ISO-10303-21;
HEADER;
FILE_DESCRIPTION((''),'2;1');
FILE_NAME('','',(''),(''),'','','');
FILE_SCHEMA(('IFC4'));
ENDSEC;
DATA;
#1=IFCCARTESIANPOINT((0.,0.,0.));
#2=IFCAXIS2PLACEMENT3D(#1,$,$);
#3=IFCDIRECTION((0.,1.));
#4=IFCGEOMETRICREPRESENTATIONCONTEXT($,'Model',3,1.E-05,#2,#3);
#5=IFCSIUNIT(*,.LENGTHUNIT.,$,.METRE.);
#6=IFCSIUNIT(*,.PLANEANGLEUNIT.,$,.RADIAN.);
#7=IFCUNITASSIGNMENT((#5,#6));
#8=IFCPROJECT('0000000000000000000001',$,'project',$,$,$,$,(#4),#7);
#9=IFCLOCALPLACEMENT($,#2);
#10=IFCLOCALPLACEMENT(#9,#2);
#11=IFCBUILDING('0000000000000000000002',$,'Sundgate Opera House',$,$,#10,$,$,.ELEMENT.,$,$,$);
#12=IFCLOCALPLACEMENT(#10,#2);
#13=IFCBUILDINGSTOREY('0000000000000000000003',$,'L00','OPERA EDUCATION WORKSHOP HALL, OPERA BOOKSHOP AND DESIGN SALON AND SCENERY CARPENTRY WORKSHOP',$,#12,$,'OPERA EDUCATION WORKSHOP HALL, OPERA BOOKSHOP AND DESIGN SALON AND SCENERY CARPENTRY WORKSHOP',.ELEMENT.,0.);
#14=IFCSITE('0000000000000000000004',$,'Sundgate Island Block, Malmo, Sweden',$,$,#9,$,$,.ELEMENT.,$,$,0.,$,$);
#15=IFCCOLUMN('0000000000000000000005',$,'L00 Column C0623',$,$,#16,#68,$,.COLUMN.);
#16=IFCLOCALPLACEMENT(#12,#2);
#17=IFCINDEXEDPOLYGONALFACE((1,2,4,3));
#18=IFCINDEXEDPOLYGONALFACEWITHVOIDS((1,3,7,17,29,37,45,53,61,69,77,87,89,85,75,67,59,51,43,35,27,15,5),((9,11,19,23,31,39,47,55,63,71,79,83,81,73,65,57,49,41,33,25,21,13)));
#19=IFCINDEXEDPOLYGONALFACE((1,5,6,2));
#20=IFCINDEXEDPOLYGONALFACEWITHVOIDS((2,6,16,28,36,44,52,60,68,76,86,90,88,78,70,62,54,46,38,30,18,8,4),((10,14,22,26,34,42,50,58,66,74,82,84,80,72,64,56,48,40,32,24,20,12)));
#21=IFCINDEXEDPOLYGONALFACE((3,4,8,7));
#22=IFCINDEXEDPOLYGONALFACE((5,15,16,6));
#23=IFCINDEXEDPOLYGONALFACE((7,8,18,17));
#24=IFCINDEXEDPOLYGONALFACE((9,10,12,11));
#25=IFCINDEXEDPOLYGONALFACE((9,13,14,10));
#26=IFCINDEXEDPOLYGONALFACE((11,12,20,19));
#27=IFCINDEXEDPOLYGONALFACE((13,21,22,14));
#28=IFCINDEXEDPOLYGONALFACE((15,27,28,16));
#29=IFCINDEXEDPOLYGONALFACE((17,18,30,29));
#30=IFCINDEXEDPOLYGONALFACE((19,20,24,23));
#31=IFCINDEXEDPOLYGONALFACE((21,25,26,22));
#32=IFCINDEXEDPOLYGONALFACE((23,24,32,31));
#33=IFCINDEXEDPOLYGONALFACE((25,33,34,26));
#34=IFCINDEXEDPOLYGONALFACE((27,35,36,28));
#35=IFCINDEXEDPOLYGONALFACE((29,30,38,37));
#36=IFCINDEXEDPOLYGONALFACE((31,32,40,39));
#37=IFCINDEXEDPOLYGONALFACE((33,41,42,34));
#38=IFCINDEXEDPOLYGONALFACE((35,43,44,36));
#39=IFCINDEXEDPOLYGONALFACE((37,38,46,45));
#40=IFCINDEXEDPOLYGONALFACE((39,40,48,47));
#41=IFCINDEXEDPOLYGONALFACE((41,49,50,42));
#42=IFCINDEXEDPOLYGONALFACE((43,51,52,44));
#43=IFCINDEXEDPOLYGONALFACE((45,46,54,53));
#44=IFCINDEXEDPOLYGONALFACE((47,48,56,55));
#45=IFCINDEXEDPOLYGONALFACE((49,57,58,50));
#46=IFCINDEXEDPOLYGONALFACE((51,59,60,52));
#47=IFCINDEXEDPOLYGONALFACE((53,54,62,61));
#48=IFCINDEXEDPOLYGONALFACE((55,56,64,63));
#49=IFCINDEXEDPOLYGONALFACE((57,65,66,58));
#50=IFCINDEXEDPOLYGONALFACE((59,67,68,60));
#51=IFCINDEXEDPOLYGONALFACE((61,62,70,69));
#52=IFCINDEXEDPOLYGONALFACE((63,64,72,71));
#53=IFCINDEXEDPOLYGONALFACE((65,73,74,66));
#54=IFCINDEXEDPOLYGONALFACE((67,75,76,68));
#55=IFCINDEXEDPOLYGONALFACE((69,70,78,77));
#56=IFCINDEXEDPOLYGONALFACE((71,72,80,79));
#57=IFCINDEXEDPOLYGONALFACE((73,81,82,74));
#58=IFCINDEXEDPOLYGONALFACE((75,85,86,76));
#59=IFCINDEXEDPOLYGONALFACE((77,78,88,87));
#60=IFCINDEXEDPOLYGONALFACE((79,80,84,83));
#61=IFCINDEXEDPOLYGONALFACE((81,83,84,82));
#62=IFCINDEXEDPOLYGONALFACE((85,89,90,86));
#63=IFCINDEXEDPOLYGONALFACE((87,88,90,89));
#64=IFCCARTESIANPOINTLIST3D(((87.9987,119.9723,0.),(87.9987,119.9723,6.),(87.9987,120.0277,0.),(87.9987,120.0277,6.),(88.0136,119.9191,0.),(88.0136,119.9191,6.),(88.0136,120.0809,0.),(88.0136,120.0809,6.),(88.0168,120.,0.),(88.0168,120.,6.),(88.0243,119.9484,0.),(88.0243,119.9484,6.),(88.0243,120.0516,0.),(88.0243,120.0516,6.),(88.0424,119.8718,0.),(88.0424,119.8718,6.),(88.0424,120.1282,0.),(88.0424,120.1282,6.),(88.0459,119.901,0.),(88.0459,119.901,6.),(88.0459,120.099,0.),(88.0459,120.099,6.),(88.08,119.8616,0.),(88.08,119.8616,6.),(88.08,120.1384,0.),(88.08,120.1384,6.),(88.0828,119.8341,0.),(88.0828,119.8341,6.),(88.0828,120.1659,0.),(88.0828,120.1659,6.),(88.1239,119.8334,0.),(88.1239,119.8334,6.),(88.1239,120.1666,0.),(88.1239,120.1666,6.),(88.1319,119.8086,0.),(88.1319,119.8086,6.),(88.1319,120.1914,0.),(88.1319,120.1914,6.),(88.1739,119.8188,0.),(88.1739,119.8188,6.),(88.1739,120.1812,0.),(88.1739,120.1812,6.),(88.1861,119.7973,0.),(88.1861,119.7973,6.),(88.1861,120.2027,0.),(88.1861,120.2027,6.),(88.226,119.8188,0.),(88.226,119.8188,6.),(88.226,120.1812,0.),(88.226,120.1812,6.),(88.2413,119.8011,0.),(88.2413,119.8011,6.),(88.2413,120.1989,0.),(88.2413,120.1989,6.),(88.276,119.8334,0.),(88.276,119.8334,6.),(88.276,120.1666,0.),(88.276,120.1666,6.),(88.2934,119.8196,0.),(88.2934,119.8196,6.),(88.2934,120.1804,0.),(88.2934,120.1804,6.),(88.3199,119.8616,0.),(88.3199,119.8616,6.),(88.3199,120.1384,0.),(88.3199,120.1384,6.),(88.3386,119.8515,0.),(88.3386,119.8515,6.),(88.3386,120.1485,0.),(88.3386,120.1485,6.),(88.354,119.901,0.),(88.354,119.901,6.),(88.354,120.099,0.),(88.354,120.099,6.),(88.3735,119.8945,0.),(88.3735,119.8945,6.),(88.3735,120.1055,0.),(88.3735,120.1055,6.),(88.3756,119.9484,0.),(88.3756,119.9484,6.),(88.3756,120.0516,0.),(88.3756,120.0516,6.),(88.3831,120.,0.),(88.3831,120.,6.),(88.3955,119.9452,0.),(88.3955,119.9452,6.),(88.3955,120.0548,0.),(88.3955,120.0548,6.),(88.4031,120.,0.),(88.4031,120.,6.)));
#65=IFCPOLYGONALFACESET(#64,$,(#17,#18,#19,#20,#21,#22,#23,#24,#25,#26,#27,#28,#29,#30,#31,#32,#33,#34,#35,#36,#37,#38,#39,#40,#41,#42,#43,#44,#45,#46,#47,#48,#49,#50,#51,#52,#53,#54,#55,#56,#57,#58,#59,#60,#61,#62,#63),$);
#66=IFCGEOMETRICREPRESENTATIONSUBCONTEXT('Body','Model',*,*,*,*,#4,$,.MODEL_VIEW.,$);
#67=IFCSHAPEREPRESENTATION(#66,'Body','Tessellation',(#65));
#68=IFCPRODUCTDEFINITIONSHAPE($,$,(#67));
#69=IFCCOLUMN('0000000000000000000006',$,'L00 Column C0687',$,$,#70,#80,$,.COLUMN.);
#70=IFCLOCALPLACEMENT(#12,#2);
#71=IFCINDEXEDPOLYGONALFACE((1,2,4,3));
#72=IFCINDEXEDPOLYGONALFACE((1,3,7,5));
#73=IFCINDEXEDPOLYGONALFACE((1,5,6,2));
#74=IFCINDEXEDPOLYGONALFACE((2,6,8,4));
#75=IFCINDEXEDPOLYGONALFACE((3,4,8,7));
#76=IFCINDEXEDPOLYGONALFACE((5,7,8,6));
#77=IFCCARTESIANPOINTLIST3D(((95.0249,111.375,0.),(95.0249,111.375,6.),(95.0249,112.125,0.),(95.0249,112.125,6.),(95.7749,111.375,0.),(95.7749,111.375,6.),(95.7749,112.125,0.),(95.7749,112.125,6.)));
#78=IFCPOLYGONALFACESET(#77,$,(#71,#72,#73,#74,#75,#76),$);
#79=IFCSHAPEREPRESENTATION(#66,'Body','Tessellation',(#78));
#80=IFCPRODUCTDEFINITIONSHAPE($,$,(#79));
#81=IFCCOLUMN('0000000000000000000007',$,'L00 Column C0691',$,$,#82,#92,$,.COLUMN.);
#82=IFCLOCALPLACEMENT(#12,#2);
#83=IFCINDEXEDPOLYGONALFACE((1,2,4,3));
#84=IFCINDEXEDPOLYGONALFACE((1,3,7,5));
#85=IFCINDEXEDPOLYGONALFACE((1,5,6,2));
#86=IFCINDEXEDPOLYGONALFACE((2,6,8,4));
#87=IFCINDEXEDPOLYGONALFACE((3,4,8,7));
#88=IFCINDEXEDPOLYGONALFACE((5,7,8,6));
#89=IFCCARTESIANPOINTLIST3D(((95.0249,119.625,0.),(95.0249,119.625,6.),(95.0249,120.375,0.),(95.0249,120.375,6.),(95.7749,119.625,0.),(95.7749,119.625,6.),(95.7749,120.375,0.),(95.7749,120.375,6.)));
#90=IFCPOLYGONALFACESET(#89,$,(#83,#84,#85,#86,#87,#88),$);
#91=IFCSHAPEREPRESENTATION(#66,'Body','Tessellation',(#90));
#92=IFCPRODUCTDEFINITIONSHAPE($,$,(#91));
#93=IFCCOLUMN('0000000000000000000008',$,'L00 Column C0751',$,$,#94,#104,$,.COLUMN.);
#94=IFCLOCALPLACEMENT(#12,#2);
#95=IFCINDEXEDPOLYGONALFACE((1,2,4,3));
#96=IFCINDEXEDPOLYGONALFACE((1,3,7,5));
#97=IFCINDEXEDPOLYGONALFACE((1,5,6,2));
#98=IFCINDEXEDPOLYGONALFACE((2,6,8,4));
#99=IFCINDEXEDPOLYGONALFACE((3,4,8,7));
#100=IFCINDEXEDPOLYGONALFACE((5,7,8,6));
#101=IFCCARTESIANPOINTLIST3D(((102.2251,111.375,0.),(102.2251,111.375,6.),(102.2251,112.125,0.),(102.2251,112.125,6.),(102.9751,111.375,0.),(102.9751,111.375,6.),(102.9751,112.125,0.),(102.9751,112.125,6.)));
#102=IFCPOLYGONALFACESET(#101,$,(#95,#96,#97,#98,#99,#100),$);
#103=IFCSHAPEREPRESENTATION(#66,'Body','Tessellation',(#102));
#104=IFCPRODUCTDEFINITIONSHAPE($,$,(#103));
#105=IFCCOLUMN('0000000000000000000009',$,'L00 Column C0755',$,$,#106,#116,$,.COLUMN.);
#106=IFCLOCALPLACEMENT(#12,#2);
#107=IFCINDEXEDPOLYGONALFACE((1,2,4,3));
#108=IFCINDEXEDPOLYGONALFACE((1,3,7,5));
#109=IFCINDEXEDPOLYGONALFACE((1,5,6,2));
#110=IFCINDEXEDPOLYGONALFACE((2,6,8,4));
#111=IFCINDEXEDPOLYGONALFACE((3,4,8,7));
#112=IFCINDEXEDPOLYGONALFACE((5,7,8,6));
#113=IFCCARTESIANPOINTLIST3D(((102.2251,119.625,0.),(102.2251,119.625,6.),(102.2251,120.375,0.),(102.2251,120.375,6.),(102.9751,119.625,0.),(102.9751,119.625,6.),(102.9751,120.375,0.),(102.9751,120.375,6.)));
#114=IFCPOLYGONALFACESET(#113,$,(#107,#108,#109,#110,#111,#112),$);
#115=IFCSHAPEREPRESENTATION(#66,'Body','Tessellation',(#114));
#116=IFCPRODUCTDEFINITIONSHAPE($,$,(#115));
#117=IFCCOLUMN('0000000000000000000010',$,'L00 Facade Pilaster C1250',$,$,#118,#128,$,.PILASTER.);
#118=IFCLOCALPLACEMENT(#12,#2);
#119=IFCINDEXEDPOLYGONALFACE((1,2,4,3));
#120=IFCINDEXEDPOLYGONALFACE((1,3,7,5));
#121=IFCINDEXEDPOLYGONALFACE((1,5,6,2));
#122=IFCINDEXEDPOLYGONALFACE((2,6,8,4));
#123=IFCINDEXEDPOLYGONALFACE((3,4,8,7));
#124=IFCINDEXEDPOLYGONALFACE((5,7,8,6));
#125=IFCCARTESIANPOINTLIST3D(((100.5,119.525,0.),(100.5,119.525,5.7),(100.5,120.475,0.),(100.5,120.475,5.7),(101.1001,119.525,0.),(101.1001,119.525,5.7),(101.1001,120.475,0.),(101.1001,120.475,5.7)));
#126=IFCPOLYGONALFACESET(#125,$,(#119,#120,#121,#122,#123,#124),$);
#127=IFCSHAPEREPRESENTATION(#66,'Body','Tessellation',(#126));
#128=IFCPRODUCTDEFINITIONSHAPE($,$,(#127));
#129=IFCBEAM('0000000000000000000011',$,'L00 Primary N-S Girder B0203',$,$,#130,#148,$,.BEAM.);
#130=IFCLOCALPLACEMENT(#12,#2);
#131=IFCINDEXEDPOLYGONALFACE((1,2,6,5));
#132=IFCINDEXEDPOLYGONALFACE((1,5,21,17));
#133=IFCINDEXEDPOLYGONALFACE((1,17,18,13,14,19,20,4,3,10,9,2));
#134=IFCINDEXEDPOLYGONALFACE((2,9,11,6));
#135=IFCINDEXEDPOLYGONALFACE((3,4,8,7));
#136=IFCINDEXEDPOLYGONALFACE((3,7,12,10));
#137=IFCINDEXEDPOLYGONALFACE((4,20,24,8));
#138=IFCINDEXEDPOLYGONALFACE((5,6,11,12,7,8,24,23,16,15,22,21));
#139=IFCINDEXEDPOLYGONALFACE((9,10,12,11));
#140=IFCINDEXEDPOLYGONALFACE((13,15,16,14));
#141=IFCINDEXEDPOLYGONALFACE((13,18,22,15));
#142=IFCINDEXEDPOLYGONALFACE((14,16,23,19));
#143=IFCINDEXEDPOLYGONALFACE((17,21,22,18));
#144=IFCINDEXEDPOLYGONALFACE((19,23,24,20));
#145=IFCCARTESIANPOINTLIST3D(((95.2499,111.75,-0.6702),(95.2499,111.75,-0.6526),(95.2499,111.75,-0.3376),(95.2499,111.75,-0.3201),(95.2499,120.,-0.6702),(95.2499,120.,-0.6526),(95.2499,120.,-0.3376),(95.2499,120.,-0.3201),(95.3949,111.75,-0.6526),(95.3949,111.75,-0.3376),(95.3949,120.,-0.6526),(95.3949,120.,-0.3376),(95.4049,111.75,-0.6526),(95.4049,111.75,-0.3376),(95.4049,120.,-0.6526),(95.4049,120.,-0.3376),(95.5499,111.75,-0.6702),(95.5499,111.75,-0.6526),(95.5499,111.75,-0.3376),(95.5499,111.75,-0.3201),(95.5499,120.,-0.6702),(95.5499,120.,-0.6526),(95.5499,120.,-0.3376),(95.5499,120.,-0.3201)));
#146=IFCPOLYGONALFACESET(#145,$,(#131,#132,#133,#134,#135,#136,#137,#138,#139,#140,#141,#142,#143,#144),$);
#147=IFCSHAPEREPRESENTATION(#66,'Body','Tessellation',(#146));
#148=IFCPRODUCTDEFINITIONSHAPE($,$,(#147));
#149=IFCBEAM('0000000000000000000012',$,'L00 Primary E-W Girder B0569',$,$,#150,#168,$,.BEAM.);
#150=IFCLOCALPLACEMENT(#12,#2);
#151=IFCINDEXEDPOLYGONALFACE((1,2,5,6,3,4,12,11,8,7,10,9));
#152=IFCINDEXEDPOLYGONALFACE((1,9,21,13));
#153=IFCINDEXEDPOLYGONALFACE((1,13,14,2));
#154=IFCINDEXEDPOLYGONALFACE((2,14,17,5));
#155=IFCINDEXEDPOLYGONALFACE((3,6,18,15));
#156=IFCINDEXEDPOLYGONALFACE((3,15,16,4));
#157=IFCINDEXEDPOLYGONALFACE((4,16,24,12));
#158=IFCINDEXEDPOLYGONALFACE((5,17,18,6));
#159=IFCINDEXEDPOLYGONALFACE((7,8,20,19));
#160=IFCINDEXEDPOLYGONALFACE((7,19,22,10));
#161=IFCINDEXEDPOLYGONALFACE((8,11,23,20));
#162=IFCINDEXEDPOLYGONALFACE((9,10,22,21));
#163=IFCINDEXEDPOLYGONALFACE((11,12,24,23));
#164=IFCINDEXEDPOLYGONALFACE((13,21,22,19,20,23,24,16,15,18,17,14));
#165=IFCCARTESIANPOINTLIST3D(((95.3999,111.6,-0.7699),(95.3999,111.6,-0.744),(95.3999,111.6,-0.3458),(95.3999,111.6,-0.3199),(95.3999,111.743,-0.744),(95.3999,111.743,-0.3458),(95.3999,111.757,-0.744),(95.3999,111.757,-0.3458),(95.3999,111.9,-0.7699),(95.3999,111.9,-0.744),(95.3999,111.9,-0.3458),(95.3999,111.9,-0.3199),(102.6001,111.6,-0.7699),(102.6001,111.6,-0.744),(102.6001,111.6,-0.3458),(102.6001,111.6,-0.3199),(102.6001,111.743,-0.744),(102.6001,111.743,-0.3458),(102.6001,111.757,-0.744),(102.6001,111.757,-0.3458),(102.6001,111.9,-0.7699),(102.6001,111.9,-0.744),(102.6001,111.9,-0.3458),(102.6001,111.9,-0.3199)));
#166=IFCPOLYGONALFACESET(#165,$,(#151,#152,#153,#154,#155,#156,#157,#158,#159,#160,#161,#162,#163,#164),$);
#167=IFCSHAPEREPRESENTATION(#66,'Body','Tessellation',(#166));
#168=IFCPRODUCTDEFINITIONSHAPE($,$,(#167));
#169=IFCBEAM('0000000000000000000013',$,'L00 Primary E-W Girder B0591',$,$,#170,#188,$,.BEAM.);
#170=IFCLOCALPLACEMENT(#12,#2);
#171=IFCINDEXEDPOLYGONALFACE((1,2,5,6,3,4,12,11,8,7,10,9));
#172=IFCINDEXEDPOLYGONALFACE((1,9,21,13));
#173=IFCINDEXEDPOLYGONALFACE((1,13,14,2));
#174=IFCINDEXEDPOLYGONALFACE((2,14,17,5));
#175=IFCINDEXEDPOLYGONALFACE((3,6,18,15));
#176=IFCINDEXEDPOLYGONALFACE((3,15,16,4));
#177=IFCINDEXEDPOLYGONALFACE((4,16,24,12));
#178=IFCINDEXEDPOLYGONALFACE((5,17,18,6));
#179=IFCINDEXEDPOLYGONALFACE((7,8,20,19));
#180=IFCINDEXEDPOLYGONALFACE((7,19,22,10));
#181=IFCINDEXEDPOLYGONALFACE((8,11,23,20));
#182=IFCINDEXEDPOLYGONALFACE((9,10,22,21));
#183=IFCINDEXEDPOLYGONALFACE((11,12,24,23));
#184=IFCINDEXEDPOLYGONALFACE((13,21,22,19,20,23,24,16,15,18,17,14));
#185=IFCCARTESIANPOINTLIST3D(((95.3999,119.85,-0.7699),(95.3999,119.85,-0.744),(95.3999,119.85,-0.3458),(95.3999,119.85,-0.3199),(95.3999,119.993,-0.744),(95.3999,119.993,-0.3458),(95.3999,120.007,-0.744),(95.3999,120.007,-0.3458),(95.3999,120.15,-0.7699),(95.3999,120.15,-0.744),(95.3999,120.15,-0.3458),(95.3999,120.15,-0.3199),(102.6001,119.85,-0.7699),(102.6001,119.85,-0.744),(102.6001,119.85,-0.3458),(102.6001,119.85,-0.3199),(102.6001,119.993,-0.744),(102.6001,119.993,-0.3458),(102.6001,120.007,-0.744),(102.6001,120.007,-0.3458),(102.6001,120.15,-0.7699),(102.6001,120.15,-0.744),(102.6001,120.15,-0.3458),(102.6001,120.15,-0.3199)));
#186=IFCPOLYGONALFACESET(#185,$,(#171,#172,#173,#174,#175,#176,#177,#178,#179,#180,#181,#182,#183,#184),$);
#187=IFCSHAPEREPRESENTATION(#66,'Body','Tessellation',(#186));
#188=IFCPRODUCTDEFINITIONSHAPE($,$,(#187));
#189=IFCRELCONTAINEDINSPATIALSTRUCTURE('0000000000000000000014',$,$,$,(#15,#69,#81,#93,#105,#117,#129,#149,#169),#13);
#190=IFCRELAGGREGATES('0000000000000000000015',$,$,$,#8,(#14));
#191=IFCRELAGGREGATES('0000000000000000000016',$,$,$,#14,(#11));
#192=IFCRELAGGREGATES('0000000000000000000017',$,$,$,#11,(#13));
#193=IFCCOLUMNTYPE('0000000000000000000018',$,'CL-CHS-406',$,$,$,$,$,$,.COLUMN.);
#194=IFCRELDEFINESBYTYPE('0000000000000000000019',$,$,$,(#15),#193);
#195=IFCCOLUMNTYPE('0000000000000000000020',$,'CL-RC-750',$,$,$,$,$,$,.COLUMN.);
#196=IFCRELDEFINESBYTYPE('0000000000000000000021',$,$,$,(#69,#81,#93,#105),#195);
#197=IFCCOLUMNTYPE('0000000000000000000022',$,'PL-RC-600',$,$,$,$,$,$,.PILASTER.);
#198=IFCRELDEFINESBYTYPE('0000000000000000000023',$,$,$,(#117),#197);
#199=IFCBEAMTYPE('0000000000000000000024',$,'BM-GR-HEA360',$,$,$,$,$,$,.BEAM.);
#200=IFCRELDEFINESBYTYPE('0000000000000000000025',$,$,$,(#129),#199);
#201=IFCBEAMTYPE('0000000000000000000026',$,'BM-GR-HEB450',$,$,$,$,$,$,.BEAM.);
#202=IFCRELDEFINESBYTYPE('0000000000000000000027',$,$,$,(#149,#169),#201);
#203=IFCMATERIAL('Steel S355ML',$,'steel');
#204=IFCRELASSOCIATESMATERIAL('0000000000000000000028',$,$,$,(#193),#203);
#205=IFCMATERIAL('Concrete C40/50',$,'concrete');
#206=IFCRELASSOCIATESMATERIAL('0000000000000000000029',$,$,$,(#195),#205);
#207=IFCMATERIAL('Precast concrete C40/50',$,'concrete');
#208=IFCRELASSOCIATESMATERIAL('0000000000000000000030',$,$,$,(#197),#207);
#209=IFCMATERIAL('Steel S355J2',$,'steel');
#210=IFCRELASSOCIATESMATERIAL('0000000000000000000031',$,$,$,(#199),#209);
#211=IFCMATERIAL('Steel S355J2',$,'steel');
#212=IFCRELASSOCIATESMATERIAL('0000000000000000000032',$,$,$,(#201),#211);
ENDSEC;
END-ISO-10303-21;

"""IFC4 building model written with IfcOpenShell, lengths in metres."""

from ifc_helpers import new_model, si_unit, direction, frame, origin, origin_2d, place, context, subcontext, project, spatial, rectangle, hollow_circle, i_section, extrude, material, material_profile, profile_set, type_object, element, save


model = new_model("IFC4")

# Units and contexts
model_context = context("Model", 3, precision=1e-05, world=origin(), true_north=direction((0.0, 1.0)))
body_context = subcontext(model_context, "Body", "Model", "MODEL_VIEW")
ifc_project = project(units=[si_unit("LENGTHUNIT", "METRE"), si_unit("PLANEANGLEUNIT", "RADIAN")], contexts=[model_context])

# Site, building, storey
site_placement = place(None, origin())
site = spatial("IfcSite", under=ifc_project, at=site_placement, Name="Sundgate Island Block, Malmo, Sweden", CompositionType="ELEMENT", RefElevation=0.0)
building_placement = place(site_placement, origin())
building = spatial("IfcBuilding", under=site, at=building_placement, Name="Sundgate Opera House", CompositionType="ELEMENT")
storey_placement = place(building_placement, origin())
storey = spatial("IfcBuildingStorey", under=building, at=storey_placement, Name="L00", Description="OPERA EDUCATION WORKSHOP HALL, OPERA BOOKSHOP AND DESIGN SALON AND SCENERY CARPENTRY WORKSHOP", LongName="OPERA EDUCATION WORKSHOP HALL, OPERA BOOKSHOP AND DESIGN SALON AND SCENERY CARPENTRY WORKSHOP", CompositionType="ELEMENT", Elevation=0.0)

# Columns
ifc_material_1 = material(Name="Steel S355ML", Category="steel")
ifc_material_profile_1 = material_profile(ifc_material_1, hollow_circle(Radius=0.2031, WallThickness=0.02, at=origin_2d()), Name="CHS 406.4x20.0")
ifc_profile_set_1 = profile_set([ifc_material_profile_1], Name="Steel S355ML")
column_type_1 = type_object("IfcColumnType", Name="CL-CHS-406", PredefinedType="COLUMN", material=ifc_profile_set_1)
column_1_placement = place(storey_placement, frame((88.2, 120.0, 0.0), z_axis=(0.0, 0.0, 1.0), x_axis=(1.0, 0.0, 0.0)))
element("IfcColumn", 1, at=column_1_placement, inside=storey, type_object=column_type_1, Name="L00 Column C0623", PredefinedType="COLUMN", context=body_context, shape_type="SweptSolid", body=[
    extrude(hollow_circle(Radius=0.2031, WallThickness=0.02, at=origin_2d()), origin(), (0.0, 0.0, 1.0), 6.0),
])
ifc_material_2 = material(Name="Concrete C40/50", Category="concrete")
ifc_material_profile_2 = material_profile(ifc_material_2, rectangle(XDim=0.75, YDim=0.75, at=origin_2d()), Name="RC 750x750")
ifc_profile_set_2 = profile_set([ifc_material_profile_2], Name="Concrete C40/50")
column_type_2 = type_object("IfcColumnType", Name="CL-RC-750", PredefinedType="COLUMN", material=ifc_profile_set_2)
for number, where, z_axis, x_axis, name in (
    (2, (95.3999, 111.75, 0.0), (0.0, 0.0, 1.0), (1.0, 0.0, 0.0), "L00 Column C0687"),
    (3, (95.3999, 120.0, 0.0), (0.0, 0.0, 1.0), (1.0, 0.0, 0.0), "L00 Column C0691"),
    (4, (102.6001, 111.75, 0.0), (0.0, 0.0, 1.0), (1.0, 0.0, 0.0), "L00 Column C0751"),
    (5, (102.6001, 120.0, 0.0), (0.0, 0.0, 1.0), (1.0, 0.0, 0.0), "L00 Column C0755"),
):
    element("IfcColumn", number, at=place(storey_placement, frame(where, z_axis=z_axis, x_axis=x_axis)), inside=storey, type_object=column_type_2, Name=name, PredefinedType="COLUMN", context=body_context, shape_type="SweptSolid", body=[
        extrude(rectangle(XDim=0.75, YDim=0.75, at=origin_2d()), origin(), (0.0, 0.0, 1.0), 6.0),
    ])
ifc_material_3 = material(Name="Precast concrete C40/50", Category="concrete")
ifc_material_profile_3 = material_profile(ifc_material_3, rectangle(XDim=0.6001, YDim=0.95, at=origin_2d()), Name="RC 600x950")
ifc_profile_set_3 = profile_set([ifc_material_profile_3], Name="Precast concrete C40/50")
column_type_3 = type_object("IfcColumnType", Name="PL-RC-600", PredefinedType="PILASTER", material=ifc_profile_set_3)
column_2_placement = place(storey_placement, frame((100.8, 120.0, 0.0), z_axis=(0.0, 0.0, 1.0), x_axis=(1.0, 0.0, 0.0)))
element("IfcColumn", 6, at=column_2_placement, inside=storey, type_object=column_type_3, Name="L00 Facade Pilaster C1250", PredefinedType="PILASTER", context=body_context, shape_type="SweptSolid", body=[
    extrude(rectangle(XDim=0.6001, YDim=0.95, at=origin_2d()), origin(), (0.0, 0.0, 1.0), 5.7),
])

# Beams
ifc_material_4 = material(Name="Steel S355J2", Category="steel")
ifc_material_profile_4 = material_profile(ifc_material_4, i_section(OverallWidth=0.3, OverallDepth=0.3501, WebThickness=0.01, FlangeThickness=0.0176, at=origin_2d()), Name="HEA 360")
ifc_profile_set_4 = profile_set([ifc_material_profile_4], Name="Steel S355J2")
beam_type_1 = type_object("IfcBeamType", Name="BM-GR-HEA360", PredefinedType="BEAM", material=ifc_profile_set_4)
beam_1_placement = place(storey_placement, frame((95.3999, 111.75, -0.4951), z_axis=(0.0, 1.0, 0.0), x_axis=(-1.0, 0.0, 0.0)))
element("IfcBeam", 7, at=beam_1_placement, inside=storey, type_object=beam_type_1, Name="L00 Primary N-S Girder B0203", PredefinedType="BEAM", context=body_context, shape_type="SweptSolid", body=[
    extrude(i_section(OverallWidth=0.3, OverallDepth=0.3501, WebThickness=0.01, FlangeThickness=0.0176, at=origin_2d()), origin(), (0.0, 0.0, 1.0), 8.25),
])
ifc_material_5 = material(Name="Steel S355J2", Category="steel")
ifc_material_profile_5 = material_profile(ifc_material_5, i_section(OverallWidth=0.3, OverallDepth=0.45, WebThickness=0.0139, FlangeThickness=0.0259, at=origin_2d()), Name="HEB 450")
ifc_profile_set_5 = profile_set([ifc_material_profile_5], Name="Steel S355J2")
beam_type_2 = type_object("IfcBeamType", Name="BM-GR-HEB450", PredefinedType="BEAM", material=ifc_profile_set_5)
for number, where, z_axis, x_axis, name in (
    (8, (95.3999, 111.75, -0.5449), (1.0, 0.0, 0.0), (0.0, 1.0, 0.0), "L00 Primary E-W Girder B0569"),
    (9, (95.3999, 120.0, -0.5449), (1.0, 0.0, 0.0), (0.0, 1.0, 0.0), "L00 Primary E-W Girder B0591"),
):
    element("IfcBeam", number, at=place(storey_placement, frame(where, z_axis=z_axis, x_axis=x_axis)), inside=storey, type_object=beam_type_2, Name=name, PredefinedType="BEAM", context=body_context, shape_type="SweptSolid", body=[
        extrude(i_section(OverallWidth=0.3, OverallDepth=0.45, WebThickness=0.0139, FlangeThickness=0.0259, at=origin_2d()), origin(), (0.0, 0.0, 1.0), 7.2002),
    ])

save(model, "model.ifc")
